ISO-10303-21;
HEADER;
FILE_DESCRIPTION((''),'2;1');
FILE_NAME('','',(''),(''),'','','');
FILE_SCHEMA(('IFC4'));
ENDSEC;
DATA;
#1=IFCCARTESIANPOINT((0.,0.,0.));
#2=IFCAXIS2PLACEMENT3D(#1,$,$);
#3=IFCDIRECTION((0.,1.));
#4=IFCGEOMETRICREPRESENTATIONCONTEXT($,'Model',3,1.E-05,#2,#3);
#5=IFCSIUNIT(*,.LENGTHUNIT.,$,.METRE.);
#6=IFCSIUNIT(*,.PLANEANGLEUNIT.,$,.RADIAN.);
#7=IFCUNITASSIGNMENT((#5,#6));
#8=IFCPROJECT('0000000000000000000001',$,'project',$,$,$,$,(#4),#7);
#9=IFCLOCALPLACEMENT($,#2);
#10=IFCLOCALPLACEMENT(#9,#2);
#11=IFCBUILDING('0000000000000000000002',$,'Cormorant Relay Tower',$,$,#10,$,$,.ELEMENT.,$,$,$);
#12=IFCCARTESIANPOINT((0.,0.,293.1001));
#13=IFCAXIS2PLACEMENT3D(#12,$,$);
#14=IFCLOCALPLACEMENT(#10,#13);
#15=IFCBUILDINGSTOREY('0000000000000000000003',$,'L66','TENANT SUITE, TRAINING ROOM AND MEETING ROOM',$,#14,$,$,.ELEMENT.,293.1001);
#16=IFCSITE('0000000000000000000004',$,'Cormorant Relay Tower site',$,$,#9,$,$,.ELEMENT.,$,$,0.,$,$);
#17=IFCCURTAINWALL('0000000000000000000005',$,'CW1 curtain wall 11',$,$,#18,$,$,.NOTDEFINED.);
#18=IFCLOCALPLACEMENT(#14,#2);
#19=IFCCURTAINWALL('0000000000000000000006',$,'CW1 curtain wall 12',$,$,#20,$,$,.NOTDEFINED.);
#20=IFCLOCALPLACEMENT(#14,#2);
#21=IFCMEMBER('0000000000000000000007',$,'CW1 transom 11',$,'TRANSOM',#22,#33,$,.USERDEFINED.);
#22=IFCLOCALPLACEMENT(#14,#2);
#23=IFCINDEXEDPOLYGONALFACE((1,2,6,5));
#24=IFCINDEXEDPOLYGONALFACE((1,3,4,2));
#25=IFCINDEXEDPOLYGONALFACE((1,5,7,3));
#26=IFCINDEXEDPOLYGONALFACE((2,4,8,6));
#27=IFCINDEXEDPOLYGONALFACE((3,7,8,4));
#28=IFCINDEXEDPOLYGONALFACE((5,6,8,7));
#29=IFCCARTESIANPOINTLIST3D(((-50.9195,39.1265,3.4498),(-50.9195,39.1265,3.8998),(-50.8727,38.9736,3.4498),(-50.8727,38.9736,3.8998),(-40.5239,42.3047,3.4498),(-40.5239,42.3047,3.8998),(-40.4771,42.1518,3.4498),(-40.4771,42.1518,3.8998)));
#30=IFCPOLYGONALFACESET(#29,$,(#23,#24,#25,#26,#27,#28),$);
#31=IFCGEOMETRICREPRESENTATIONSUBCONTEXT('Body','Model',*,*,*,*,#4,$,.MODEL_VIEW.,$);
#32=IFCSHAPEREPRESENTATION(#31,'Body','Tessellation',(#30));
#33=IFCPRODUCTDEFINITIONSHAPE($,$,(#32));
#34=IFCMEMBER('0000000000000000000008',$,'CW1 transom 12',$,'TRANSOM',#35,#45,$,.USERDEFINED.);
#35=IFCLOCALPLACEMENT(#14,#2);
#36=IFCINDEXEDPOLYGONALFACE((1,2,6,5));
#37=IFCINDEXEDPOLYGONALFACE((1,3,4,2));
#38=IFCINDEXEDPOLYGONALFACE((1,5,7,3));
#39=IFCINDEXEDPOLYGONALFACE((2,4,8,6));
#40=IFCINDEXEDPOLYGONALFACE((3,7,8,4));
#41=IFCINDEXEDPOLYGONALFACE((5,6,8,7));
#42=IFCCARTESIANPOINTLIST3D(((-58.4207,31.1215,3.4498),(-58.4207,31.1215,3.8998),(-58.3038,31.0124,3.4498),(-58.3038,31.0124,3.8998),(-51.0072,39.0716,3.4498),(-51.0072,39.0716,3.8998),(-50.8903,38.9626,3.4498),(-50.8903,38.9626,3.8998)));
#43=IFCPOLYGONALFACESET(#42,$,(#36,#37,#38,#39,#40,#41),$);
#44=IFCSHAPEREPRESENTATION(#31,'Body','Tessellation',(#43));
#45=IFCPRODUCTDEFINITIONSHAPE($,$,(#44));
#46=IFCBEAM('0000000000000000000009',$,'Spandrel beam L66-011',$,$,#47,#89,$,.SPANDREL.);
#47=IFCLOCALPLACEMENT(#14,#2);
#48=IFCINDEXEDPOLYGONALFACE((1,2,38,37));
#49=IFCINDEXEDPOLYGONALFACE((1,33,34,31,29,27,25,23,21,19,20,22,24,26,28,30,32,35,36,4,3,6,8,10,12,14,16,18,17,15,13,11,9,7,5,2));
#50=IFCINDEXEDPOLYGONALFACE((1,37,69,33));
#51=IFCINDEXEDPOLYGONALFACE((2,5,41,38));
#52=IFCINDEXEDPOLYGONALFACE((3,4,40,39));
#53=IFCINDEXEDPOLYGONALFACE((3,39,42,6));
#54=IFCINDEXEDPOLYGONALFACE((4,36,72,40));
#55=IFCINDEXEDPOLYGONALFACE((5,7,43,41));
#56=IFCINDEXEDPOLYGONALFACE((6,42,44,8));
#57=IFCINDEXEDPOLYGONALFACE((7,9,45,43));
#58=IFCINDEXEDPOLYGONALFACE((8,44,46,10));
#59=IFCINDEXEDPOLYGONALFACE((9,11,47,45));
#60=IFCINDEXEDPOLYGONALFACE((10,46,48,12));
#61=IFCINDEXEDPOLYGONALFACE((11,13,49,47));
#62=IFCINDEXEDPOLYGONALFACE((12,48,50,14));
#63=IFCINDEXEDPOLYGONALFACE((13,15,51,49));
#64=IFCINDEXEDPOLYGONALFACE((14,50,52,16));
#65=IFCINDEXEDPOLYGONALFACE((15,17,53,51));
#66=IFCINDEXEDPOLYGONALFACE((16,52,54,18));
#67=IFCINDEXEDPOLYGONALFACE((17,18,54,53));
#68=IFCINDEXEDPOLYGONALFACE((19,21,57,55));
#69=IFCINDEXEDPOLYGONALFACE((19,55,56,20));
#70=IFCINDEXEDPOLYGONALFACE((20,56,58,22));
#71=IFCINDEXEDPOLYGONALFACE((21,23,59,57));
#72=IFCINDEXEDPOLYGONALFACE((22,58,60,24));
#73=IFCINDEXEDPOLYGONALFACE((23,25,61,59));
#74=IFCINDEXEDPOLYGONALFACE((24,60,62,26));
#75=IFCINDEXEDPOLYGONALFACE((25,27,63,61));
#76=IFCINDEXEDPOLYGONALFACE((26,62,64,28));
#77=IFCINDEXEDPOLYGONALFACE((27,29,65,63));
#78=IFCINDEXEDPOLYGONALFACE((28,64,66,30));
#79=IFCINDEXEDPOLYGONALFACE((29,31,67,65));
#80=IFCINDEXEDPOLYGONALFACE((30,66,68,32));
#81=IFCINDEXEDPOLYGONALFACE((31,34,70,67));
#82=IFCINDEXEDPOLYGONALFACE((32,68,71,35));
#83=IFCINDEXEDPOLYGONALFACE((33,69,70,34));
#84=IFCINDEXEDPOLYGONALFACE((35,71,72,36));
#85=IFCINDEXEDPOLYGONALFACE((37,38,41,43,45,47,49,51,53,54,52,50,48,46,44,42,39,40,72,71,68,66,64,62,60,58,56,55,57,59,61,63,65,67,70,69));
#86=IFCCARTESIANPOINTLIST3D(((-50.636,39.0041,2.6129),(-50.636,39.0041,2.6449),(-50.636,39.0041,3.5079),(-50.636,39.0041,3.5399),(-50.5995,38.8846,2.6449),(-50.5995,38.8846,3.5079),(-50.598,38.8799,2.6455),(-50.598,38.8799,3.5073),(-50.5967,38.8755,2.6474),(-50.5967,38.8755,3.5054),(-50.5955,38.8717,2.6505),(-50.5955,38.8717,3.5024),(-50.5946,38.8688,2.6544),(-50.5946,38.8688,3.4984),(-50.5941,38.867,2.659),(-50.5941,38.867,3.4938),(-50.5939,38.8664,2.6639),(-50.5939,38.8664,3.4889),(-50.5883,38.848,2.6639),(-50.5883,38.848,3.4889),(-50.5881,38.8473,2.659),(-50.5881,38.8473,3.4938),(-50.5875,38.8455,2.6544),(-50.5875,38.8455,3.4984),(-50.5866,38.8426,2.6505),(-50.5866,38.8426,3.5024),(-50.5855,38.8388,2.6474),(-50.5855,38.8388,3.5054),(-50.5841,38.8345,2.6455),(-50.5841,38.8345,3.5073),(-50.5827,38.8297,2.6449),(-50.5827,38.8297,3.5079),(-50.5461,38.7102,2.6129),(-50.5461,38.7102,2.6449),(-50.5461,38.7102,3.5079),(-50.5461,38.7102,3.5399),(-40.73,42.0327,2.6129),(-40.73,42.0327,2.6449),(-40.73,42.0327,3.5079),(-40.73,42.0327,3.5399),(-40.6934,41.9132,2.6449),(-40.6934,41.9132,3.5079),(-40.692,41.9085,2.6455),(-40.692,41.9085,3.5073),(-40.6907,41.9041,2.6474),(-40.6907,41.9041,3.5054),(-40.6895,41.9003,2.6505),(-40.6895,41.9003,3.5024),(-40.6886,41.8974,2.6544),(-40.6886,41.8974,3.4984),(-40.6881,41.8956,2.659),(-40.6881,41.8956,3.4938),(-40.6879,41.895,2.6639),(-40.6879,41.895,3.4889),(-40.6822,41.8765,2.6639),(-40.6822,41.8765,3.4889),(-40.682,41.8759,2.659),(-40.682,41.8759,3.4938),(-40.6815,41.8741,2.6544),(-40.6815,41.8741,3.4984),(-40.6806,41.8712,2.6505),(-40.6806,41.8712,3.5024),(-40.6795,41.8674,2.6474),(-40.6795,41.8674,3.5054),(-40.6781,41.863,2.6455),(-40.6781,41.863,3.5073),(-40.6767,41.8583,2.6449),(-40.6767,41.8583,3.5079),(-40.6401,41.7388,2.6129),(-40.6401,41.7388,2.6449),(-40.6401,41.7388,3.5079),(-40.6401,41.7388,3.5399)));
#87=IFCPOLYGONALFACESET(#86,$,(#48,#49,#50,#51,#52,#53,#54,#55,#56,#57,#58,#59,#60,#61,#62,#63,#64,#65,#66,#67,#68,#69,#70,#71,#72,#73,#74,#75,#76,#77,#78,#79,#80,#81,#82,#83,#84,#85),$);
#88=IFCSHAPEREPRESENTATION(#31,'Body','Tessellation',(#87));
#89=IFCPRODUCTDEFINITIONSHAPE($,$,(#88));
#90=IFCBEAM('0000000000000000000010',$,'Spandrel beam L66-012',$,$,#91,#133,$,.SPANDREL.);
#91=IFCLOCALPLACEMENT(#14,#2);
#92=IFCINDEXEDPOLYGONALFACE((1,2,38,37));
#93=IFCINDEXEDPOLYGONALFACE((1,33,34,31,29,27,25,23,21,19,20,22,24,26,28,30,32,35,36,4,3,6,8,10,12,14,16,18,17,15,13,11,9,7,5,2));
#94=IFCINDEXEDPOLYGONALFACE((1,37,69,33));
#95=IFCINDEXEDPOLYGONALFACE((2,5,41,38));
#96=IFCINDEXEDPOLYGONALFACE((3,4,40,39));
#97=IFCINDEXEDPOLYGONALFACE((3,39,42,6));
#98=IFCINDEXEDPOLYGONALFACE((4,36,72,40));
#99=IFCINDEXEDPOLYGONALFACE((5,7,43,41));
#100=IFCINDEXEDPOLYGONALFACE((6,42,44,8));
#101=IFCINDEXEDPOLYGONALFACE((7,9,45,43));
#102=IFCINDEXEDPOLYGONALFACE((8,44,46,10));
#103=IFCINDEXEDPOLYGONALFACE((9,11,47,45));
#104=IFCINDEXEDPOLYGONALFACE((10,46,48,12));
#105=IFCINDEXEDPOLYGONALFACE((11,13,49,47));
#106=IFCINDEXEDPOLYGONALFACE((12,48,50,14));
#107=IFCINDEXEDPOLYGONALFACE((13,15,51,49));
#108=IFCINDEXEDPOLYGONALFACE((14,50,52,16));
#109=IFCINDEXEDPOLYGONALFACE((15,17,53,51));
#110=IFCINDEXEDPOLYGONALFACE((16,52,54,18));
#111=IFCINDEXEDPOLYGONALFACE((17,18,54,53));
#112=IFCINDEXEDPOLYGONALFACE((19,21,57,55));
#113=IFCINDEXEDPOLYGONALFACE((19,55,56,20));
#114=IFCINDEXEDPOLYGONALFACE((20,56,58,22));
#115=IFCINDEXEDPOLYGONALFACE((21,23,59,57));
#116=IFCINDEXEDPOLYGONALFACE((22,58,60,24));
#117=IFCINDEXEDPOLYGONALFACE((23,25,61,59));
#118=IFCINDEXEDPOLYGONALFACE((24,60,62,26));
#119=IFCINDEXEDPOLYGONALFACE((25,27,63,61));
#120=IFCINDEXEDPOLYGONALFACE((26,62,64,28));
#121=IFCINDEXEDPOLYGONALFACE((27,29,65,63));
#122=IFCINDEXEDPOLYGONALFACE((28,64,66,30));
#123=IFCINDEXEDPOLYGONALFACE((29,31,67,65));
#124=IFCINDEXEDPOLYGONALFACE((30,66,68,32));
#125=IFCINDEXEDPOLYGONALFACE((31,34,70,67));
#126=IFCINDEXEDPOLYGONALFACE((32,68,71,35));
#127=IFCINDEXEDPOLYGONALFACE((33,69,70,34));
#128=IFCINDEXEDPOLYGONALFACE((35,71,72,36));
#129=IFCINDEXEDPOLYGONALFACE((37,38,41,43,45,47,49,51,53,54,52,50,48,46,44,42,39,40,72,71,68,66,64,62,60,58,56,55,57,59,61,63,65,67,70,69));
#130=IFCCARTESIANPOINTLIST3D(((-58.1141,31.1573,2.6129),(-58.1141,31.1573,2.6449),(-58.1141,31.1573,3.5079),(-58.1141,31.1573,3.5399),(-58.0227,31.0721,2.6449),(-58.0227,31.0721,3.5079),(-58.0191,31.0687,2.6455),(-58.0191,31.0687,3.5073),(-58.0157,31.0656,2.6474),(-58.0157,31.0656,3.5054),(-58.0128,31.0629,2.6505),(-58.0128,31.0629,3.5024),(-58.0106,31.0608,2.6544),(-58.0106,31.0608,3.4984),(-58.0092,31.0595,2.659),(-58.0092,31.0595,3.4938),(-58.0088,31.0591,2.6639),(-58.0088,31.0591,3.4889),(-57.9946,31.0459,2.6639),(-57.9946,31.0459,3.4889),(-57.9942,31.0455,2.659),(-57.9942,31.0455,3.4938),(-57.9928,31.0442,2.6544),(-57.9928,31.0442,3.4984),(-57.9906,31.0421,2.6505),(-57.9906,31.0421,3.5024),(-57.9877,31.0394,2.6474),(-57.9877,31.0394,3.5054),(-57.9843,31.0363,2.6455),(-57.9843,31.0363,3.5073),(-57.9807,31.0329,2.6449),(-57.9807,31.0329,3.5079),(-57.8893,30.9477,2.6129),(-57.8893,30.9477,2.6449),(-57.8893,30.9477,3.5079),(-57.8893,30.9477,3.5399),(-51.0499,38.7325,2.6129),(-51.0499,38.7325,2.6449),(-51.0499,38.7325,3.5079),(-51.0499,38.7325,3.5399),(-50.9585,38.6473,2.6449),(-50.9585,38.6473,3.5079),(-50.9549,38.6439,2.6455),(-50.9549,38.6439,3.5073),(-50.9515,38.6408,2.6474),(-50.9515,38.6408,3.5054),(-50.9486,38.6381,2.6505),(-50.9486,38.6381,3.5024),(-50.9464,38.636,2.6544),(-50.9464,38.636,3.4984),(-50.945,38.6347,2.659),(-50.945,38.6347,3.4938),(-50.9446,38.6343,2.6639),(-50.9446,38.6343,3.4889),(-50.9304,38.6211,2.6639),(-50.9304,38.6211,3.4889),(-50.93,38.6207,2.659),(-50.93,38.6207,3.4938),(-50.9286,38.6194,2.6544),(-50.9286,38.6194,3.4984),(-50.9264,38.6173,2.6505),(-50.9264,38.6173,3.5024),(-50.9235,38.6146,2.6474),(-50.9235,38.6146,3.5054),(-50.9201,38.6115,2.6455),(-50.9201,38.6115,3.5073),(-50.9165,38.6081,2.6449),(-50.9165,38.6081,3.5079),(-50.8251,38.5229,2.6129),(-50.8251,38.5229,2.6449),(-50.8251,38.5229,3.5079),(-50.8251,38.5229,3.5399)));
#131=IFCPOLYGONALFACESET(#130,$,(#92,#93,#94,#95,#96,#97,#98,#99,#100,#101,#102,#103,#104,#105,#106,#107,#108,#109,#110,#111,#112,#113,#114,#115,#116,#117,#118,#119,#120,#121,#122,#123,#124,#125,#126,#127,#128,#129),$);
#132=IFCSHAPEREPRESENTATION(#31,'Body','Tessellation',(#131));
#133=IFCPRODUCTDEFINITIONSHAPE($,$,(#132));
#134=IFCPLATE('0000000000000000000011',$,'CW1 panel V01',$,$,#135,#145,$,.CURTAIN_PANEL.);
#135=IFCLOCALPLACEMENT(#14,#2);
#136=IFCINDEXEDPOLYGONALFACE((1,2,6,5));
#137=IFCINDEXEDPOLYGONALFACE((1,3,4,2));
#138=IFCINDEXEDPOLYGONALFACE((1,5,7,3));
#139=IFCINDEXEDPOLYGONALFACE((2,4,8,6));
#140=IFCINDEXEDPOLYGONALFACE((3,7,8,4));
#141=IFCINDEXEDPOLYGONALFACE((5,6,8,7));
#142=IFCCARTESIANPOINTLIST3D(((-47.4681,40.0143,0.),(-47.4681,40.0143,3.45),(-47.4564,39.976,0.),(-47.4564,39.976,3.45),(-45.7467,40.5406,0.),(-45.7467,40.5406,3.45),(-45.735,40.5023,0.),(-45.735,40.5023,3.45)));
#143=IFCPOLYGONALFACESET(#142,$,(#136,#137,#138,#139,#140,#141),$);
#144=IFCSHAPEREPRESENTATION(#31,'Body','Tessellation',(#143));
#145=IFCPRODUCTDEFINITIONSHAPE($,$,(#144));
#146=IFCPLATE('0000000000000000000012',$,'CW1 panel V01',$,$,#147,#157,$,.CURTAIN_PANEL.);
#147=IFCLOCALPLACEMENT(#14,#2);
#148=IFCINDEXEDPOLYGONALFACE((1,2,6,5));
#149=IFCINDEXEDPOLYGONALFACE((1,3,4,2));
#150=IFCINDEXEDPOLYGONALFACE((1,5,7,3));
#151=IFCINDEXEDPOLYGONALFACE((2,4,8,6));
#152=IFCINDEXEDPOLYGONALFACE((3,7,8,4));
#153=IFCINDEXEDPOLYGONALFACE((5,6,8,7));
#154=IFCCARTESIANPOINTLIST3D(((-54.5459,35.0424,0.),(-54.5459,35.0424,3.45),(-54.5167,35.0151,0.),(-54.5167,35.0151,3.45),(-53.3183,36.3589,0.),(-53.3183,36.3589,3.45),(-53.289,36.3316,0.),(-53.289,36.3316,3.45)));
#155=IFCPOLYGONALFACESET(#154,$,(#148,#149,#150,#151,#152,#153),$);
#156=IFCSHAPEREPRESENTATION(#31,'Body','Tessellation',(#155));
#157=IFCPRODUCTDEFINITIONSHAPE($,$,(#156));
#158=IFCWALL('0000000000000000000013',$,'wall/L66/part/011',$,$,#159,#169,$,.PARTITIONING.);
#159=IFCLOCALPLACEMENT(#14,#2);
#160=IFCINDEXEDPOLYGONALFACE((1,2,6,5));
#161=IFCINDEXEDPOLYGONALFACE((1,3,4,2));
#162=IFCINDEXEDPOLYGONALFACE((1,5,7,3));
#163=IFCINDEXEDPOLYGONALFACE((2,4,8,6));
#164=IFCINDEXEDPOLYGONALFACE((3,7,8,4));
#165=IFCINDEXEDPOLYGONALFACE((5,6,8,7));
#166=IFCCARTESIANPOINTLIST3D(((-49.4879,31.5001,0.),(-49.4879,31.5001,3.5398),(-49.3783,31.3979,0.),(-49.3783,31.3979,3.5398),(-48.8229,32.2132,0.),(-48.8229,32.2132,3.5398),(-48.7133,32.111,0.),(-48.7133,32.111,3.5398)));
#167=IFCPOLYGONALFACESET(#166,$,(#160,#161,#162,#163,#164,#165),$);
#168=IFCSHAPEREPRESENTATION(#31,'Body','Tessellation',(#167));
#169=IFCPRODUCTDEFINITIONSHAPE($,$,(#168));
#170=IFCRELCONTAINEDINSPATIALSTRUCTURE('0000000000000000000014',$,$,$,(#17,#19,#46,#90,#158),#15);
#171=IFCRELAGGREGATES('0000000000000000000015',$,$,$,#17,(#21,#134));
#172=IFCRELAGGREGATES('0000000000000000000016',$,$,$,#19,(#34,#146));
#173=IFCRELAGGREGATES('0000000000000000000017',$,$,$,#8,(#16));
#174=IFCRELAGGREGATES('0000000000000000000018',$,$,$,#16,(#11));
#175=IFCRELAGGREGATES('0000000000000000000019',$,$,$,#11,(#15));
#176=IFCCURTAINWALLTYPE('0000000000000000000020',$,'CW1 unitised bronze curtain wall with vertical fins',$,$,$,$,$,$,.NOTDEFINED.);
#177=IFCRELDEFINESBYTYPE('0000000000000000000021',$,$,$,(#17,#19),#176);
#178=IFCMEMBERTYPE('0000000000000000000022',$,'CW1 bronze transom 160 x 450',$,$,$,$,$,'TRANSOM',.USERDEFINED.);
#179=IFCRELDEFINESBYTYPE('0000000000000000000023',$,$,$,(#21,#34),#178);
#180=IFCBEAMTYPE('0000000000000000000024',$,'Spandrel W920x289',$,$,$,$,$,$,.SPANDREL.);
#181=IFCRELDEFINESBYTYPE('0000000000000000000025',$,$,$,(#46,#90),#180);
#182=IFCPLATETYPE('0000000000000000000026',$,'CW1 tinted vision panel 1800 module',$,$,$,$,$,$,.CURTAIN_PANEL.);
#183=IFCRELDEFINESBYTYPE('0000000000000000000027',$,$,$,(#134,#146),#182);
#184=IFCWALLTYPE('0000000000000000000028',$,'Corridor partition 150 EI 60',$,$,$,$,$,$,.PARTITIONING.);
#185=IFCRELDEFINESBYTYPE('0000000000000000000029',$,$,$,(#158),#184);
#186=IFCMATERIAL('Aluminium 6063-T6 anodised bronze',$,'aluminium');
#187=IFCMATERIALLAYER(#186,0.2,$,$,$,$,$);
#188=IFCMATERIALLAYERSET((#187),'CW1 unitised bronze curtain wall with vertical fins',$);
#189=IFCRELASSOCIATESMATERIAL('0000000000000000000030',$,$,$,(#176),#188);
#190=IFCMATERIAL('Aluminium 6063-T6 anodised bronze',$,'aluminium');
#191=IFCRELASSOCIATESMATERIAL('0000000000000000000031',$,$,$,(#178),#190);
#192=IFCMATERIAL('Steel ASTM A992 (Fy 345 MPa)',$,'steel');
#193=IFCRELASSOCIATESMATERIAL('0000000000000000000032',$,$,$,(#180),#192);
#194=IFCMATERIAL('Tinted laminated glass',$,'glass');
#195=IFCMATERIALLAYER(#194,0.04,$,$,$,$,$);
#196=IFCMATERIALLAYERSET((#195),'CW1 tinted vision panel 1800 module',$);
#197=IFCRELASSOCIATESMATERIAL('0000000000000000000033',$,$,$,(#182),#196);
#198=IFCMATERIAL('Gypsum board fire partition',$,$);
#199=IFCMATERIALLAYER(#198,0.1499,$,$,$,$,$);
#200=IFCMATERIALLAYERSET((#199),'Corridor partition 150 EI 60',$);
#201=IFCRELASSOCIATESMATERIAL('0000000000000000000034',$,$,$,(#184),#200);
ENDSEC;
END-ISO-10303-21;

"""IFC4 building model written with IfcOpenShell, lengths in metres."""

from ifc_helpers import new_model, si_unit, direction, frame, frame_2d, origin, origin_2d, place, context, subcontext, project, spatial, rectangle, i_section, extrude, material, layer, layer_set, material_profile, profile_set, type_object, element, aggregate, save


model = new_model("IFC4")

# Units and contexts
model_context = context("Model", 3, precision=1e-05, world=origin(), true_north=direction((0.0, 1.0)))
body_context = subcontext(model_context, "Body", "Model", "MODEL_VIEW")
ifc_project = project(units=[si_unit("LENGTHUNIT", "METRE"), si_unit("PLANEANGLEUNIT", "RADIAN")], contexts=[model_context])

# Site, building, storey
site_placement = place(None, origin())
site = spatial("IfcSite", under=ifc_project, at=site_placement, Name="Cormorant Relay Tower site", CompositionType="ELEMENT", RefElevation=0.0)
building_placement = place(site_placement, origin())
building = spatial("IfcBuilding", under=site, at=building_placement, Name="Cormorant Relay Tower", CompositionType="ELEMENT")
storey_placement = place(building_placement, frame((0.0, 0.0, 293.1001)))
storey = spatial("IfcBuildingStorey", under=building, at=storey_placement, Name="L66", Description="TENANT SUITE, TRAINING ROOM AND MEETING ROOM", CompositionType="ELEMENT", Elevation=293.1001)

# Curtain walls
ifc_material_1 = material(Name="Aluminium 6063-T6 anodised bronze", Category="aluminium")
ifc_layer_1 = layer(ifc_material_1, 0.2)
ifc_layer_set_1 = layer_set([ifc_layer_1], Name="CW1 unitised bronze curtain wall with vertical fins")
curtain_wall_type = type_object("IfcCurtainWallType", Name="CW1 unitised bronze curtain wall with vertical fins", PredefinedType="NOTDEFINED", material=ifc_layer_set_1)
curtain_wall_1_placement = place(storey_placement, origin())
curtain_wall_1 = element("IfcCurtainWall", 1, at=curtain_wall_1_placement, inside=storey, type_object=curtain_wall_type, Name="CW1 curtain wall 11", PredefinedType="NOTDEFINED")
curtain_wall_2_placement = place(storey_placement, origin())
curtain_wall_2 = element("IfcCurtainWall", 2, at=curtain_wall_2_placement, inside=storey, type_object=curtain_wall_type, Name="CW1 curtain wall 12", PredefinedType="NOTDEFINED")

# Members
ifc_material_2 = material(Name="Aluminium 6063-T6 anodised bronze", Category="aluminium")
ifc_material_profile_1 = material_profile(ifc_material_2, rectangle(XDim=0.1599, YDim=0.45, at=origin_2d()), Name="AL 160x450")
ifc_profile_set_1 = profile_set([ifc_material_profile_1], Name="Aluminium 6063-T6 anodised bronze")
member_type_1 = type_object("IfcMemberType", Name="CW1 bronze transom 160 x 450", ElementType="TRANSOM", PredefinedType="USERDEFINED", material=ifc_profile_set_1)
member_1_placement = place(storey_placement, frame((-40.5005, 42.2283, 3.6748), z_axis=(-0.956305, -0.292371, 0.0), x_axis=(0.292371, -0.956305, 0.0)))
member_1 = element("IfcMember", 3, at=member_1_placement, type_object=member_type_1, Name="CW1 transom 11", ObjectType="TRANSOM", PredefinedType="USERDEFINED", context=body_context, shape_type="SweptSolid", body=[
    extrude(rectangle(XDim=0.1599, YDim=0.45, at=origin_2d()), origin(), (0.0, 0.0, 1.0), 10.8706),
])
member_2_placement = place(storey_placement, frame((-50.9487, 39.0171, 3.6748), z_axis=(-0.681993, -0.731358, 0.0), x_axis=(0.731358, -0.681993, 0.0)))
member_2 = element("IfcMember", 4, at=member_2_placement, type_object=member_type_1, Name="CW1 transom 12", ObjectType="TRANSOM", PredefinedType="USERDEFINED", context=body_context, shape_type="SweptSolid", body=[
    extrude(rectangle(XDim=0.1599, YDim=0.45, at=origin_2d()), origin(), (0.0, 0.0, 1.0), 10.8704),
])

# Beams
ifc_material_3 = material(Name="Steel ASTM A992 (Fy 345 MPa)", Category="steel")
ifc_material_profile_2 = material_profile(ifc_material_3, i_section(OverallWidth=0.3074, OverallDepth=0.927, WebThickness=0.0193, FlangeThickness=0.032, FilletRadius=0.019, at=origin_2d()), Name="W920x289")
ifc_profile_set_2 = profile_set([ifc_material_profile_2], Name="Steel ASTM A992 (Fy 345 MPa)")
beam_type = type_object("IfcBeamType", Name="Spandrel W920x289", PredefinedType="SPANDREL", material=ifc_profile_set_2)
beam_1_placement = place(storey_placement, frame((-40.6851, 41.8857, 3.0764), z_axis=(-0.956305, -0.292371, 0.0), x_axis=(0.292371, -0.956305, 0.0)))
element("IfcBeam", 5, at=beam_1_placement, inside=storey, type_object=beam_type, Name="Spandrel beam L66-011", PredefinedType="SPANDREL", context=body_context, shape_type="SweptSolid", body=[
    extrude(i_section(OverallWidth=0.3074, OverallDepth=0.927, WebThickness=0.0193, FlangeThickness=0.032, FilletRadius=0.019, at=origin_2d()), origin(), (0.0, 0.0, 1.0), 10.3586),
])
beam_2_placement = place(storey_placement, frame((-50.9375, 38.6277, 3.0764), z_axis=(-0.68201, -0.731343, 0.0), x_axis=(0.731343, -0.68201, 0.0)))
element("IfcBeam", 6, at=beam_2_placement, inside=storey, type_object=beam_type, Name="Spandrel beam L66-012", PredefinedType="SPANDREL", context=body_context, shape_type="SweptSolid", body=[
    extrude(i_section(OverallWidth=0.3074, OverallDepth=0.927, WebThickness=0.0193, FlangeThickness=0.032, FilletRadius=0.019, at=origin_2d()), origin(), (0.0, 0.0, 1.0), 10.3579),
])

# Plates
ifc_material_4 = material(Name="Tinted laminated glass", Category="glass")
ifc_layer_2 = layer(ifc_material_4, 0.04)
ifc_layer_set_2 = layer_set([ifc_layer_2], Name="CW1 tinted vision panel 1800 module")
plate_type = type_object("IfcPlateType", Name="CW1 tinted vision panel 1800 module", PredefinedType="CURTAIN_PANEL", material=ifc_layer_set_2)
plate_1_placement = place(storey_placement, frame((-46.6016, 40.2583, 0.0), z_axis=(0.0, 0.0, 1.0), x_axis=(-0.956305, -0.292372, 0.0)))
plate_1 = element("IfcPlate", 7, at=plate_1_placement, type_object=plate_type, Name="CW1 panel V01", PredefinedType="CURTAIN_PANEL", context=body_context, shape_type="SweptSolid", body=[
    extrude(rectangle(XDim=1.8, YDim=0.04, at=origin_2d()), origin(), (0.0, 0.0, 1.0), 3.45),
])
plate_2_placement = place(storey_placement, frame((-53.9175, 35.687, 0.0), z_axis=(0.0, 0.0, 1.0), x_axis=(-0.681998, -0.731354, 0.0)))
plate_2 = element("IfcPlate", 8, at=plate_2_placement, type_object=plate_type, Name="CW1 panel V01", PredefinedType="CURTAIN_PANEL", context=body_context, shape_type="SweptSolid", body=[
    extrude(rectangle(XDim=1.8, YDim=0.04, at=origin_2d()), origin(), (0.0, 0.0, 1.0), 3.45),
])

# Wall
ifc_material_5 = material(Name="Gypsum board fire partition")
ifc_layer_3 = layer(ifc_material_5, 0.1499)
ifc_layer_set_3 = layer_set([ifc_layer_3], Name="Corridor partition 150 EI 60")
wall_type_1 = type_object("IfcWallType", Name="Corridor partition 150 EI 60", PredefinedType="PARTITIONING", material=ifc_layer_set_3)
wall_1_placement = place(storey_placement, frame((-49.4331, 31.449, 0.0), z_axis=(0.0, 0.0, 1.0), x_axis=(0.682015, 0.731338, 0.0)))
element("IfcWall", 9, at=wall_1_placement, inside=storey, type_object=wall_type_1, Name="wall/L66/part/011", PredefinedType="PARTITIONING", context=body_context, shape_type="SweptSolid", body=[
    extrude(rectangle(XDim=0.9751, YDim=0.1499, at=frame_2d((0.4875, 0.0))), origin(), (0.0, 0.0, 1.0), 3.5398),
])

aggregate(curtain_wall_1, [member_1, plate_1])
aggregate(curtain_wall_2, [member_2, plate_2])

save(model, "model.ifc")
